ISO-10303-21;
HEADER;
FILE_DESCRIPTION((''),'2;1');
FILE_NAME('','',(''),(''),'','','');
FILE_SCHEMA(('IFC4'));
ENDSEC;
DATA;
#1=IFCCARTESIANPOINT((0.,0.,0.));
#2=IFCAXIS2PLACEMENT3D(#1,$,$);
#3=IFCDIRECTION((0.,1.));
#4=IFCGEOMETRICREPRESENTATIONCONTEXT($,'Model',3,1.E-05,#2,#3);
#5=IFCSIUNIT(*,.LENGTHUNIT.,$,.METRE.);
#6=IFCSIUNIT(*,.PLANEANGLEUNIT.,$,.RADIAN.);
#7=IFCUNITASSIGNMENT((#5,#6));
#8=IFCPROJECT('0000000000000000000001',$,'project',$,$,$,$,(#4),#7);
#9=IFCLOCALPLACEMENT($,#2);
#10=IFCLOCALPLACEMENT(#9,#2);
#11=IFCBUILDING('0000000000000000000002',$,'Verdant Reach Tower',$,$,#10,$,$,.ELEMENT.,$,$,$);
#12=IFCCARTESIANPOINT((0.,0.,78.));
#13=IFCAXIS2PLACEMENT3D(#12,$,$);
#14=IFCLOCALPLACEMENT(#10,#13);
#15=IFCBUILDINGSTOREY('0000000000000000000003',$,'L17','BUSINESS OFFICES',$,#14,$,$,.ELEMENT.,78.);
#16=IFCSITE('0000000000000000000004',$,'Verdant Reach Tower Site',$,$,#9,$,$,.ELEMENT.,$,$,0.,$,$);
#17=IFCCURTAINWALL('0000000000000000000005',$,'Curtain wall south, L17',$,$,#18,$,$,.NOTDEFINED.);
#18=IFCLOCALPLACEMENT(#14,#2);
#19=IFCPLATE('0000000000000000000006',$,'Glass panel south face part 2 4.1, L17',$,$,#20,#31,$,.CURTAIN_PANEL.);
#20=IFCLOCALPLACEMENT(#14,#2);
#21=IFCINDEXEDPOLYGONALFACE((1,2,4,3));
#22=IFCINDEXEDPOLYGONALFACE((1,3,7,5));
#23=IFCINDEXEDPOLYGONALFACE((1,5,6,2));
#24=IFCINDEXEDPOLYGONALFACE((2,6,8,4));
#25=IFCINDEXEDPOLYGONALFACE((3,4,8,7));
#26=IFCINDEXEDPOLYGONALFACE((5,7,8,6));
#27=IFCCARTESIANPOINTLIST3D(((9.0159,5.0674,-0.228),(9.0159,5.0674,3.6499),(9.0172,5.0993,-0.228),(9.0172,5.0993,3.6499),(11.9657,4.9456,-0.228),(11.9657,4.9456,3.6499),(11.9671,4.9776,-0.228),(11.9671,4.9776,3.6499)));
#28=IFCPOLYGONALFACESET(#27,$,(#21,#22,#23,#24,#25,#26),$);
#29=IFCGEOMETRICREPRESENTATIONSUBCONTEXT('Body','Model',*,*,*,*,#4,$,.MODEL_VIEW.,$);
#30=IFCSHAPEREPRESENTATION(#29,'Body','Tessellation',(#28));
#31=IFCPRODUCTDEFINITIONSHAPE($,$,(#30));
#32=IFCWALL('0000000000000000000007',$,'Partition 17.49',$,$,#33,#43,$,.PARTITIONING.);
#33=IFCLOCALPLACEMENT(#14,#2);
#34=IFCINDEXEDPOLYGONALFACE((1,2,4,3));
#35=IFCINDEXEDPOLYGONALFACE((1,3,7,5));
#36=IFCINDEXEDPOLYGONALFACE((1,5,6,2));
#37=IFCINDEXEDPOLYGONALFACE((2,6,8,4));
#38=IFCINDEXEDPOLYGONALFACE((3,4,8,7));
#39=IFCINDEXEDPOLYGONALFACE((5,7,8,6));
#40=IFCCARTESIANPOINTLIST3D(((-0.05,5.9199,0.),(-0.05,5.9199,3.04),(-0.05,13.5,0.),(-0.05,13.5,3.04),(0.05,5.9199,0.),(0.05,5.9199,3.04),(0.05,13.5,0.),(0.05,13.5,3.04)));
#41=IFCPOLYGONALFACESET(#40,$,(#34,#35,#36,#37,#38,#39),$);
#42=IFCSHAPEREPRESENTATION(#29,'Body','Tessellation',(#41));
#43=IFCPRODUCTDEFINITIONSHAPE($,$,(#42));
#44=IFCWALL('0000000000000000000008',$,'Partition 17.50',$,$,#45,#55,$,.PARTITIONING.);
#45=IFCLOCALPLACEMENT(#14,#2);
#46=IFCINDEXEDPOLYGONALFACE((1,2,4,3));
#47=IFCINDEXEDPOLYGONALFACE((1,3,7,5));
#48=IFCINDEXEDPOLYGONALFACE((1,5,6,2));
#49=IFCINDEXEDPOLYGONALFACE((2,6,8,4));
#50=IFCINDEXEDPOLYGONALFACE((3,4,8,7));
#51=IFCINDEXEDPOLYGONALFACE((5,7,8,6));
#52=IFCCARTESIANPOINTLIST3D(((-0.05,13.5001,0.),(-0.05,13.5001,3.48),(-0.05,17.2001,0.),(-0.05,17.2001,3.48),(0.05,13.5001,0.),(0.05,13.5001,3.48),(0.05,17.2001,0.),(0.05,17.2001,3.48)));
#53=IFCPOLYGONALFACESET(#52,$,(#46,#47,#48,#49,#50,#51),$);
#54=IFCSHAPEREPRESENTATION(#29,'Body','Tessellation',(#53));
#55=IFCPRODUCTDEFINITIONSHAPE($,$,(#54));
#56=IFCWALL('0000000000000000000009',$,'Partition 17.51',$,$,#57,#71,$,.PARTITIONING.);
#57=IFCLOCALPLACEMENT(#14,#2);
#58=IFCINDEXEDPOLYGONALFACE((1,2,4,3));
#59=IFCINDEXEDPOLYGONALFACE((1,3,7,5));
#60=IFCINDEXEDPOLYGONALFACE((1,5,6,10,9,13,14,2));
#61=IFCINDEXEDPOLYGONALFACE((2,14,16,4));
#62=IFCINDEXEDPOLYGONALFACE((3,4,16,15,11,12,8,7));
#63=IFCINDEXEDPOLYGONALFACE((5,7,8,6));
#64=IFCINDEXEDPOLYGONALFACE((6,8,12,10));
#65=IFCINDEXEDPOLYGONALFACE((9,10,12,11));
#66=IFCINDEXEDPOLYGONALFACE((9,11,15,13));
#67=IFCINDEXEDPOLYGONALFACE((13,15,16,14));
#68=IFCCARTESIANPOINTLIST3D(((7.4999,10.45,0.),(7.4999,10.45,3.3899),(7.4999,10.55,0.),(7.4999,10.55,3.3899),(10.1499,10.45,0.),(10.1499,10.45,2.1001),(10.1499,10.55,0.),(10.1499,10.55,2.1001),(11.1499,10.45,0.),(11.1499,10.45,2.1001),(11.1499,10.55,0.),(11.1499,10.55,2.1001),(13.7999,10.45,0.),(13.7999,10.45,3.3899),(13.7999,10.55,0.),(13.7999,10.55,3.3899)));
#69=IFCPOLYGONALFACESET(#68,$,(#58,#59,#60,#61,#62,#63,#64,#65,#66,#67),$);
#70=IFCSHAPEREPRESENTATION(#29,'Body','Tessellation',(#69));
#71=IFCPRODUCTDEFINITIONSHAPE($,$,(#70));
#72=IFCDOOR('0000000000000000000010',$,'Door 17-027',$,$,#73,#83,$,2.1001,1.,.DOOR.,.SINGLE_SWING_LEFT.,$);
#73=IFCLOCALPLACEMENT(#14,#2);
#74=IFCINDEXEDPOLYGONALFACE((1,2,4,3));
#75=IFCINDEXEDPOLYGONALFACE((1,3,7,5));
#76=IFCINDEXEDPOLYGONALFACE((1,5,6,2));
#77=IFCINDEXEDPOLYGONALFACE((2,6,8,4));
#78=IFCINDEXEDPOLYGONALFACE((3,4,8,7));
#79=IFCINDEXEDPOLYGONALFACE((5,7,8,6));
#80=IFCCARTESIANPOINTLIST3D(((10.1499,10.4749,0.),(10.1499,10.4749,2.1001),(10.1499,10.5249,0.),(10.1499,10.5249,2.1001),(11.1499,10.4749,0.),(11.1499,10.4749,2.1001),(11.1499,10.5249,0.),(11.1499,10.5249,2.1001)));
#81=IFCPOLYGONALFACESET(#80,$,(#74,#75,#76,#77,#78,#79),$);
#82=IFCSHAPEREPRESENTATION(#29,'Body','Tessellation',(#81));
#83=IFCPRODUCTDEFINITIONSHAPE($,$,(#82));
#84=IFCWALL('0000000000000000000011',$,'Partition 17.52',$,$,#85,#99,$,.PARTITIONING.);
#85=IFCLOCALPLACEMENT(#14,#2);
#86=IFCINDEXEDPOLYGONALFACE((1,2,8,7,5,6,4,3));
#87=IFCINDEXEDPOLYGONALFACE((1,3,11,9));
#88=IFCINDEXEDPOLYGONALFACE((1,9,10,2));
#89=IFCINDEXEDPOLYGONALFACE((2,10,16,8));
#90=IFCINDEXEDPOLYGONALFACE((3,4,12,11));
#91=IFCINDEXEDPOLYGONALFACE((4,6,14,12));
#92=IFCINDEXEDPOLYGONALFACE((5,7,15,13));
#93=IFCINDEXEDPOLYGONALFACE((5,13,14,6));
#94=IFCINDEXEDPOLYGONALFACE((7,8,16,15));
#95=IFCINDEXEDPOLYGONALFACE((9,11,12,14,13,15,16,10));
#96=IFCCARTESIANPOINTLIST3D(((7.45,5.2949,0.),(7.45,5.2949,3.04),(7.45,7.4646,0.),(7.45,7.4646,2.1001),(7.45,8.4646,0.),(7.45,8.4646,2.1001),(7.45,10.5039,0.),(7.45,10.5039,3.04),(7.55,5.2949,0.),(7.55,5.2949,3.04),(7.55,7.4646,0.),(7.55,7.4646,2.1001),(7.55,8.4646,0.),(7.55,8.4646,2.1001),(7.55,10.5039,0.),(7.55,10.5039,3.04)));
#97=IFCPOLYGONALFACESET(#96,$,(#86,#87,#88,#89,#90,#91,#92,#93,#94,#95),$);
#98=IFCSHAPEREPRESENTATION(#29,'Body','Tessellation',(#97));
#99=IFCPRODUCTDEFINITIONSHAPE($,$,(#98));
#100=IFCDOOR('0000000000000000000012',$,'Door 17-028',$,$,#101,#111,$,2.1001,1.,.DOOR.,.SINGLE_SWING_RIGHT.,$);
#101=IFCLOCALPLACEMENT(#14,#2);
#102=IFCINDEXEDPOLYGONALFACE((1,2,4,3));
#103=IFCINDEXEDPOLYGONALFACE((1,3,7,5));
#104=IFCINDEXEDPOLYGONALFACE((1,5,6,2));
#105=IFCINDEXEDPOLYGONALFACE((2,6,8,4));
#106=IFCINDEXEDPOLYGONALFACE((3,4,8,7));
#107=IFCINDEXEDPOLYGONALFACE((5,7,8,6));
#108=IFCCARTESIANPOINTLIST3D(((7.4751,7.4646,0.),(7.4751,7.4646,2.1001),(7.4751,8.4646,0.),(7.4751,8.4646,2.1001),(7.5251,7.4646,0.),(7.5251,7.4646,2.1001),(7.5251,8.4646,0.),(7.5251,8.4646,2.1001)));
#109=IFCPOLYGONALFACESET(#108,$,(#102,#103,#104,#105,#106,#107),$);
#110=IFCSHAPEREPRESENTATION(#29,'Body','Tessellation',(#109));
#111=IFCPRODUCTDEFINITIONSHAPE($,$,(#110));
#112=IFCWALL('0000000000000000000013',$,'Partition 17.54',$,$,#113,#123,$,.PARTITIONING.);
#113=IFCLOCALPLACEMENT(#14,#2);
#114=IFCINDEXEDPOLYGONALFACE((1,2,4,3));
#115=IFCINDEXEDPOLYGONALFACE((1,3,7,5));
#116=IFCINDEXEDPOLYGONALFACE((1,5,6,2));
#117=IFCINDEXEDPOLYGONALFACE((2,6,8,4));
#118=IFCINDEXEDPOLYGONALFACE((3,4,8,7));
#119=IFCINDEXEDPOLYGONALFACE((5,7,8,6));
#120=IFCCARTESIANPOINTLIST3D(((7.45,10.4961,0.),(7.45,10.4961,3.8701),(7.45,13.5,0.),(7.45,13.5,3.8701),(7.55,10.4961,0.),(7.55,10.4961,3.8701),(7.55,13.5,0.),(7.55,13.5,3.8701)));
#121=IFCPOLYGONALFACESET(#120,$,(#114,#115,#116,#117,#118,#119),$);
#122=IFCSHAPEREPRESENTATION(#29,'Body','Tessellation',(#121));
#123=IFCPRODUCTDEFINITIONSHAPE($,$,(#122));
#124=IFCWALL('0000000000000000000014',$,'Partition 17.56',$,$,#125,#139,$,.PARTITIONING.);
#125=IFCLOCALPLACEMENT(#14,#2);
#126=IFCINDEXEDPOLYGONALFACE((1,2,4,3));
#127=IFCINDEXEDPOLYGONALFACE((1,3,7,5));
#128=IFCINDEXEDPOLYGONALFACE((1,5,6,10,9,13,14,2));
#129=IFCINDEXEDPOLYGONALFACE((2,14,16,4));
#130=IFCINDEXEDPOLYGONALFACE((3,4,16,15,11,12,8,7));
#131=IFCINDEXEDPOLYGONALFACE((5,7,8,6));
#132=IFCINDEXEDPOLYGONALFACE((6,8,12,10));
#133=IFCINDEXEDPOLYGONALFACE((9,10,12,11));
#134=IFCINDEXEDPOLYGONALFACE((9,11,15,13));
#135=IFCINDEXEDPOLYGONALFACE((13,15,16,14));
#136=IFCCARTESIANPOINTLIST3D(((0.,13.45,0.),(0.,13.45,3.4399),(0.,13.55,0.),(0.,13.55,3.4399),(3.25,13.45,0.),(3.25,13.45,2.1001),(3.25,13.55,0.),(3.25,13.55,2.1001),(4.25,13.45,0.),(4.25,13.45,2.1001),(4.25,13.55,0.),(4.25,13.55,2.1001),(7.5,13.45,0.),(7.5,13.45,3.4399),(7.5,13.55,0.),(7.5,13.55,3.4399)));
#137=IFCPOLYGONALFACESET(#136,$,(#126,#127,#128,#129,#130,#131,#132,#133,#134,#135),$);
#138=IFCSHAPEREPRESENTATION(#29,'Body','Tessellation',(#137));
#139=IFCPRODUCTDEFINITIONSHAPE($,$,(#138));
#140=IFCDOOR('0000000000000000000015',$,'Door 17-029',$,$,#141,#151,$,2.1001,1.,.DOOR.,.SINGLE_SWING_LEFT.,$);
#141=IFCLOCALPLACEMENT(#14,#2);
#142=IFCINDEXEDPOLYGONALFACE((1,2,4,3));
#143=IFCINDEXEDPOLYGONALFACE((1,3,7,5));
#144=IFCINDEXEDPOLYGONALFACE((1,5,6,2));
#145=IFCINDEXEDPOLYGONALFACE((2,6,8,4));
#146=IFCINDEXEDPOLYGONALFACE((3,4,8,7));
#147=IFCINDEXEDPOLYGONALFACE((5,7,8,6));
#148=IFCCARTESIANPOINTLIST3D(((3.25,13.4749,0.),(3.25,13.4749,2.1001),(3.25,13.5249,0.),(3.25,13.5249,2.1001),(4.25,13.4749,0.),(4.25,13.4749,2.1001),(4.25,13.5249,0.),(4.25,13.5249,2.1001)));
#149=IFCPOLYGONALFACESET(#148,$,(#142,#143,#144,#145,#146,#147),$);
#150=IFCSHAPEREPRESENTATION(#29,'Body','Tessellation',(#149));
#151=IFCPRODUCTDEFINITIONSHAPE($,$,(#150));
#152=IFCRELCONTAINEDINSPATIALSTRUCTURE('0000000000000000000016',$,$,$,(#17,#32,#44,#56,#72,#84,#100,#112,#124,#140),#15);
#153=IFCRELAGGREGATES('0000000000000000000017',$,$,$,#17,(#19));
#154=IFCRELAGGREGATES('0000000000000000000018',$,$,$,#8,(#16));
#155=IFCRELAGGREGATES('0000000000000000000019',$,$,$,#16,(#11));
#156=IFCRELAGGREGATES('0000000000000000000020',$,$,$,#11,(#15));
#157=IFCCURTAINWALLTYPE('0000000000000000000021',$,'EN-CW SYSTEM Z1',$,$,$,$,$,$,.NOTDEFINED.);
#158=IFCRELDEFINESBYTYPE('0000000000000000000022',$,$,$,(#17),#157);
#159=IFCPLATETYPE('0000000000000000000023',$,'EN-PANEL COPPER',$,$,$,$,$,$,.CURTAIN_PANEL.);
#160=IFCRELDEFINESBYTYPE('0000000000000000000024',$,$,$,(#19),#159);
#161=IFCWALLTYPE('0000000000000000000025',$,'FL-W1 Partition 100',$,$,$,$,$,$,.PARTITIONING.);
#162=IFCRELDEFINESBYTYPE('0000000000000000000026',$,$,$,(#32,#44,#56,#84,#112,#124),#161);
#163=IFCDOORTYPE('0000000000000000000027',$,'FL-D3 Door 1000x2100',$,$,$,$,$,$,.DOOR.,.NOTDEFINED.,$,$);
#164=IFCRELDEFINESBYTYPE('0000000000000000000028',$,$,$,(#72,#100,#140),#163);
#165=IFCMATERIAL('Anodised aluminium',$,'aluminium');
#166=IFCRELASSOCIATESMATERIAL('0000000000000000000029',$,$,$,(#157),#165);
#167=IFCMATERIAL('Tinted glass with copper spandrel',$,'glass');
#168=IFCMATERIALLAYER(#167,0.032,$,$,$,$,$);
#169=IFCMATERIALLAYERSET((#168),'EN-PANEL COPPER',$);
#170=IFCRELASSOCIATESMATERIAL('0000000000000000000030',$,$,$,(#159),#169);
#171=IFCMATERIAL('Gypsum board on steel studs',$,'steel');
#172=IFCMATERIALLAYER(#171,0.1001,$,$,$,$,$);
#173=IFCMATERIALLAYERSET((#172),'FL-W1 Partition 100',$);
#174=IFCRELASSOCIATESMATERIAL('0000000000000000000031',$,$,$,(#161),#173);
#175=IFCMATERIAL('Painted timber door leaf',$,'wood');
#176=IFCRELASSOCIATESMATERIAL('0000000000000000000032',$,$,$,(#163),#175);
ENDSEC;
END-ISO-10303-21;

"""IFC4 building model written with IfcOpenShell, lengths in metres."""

from ifc_helpers import new_model, si_unit, direction, frame, frame_2d, origin, origin_2d, place, context, subcontext, project, spatial, rectangle, extrude, material, layer, layer_set, type_object, element, fill, aggregate, save


model = new_model("IFC4")

# Units and contexts
model_context = context("Model", 3, precision=1e-05, world=origin(), true_north=direction((0.0, 1.0)))
body_context = subcontext(model_context, "Body", "Model", "MODEL_VIEW")
ifc_project = project(units=[si_unit("LENGTHUNIT", "METRE"), si_unit("PLANEANGLEUNIT", "RADIAN")], contexts=[model_context])

# Site, building, storey
site_placement = place(None, origin())
site = spatial("IfcSite", under=ifc_project, at=site_placement, Name="Verdant Reach Tower Site", CompositionType="ELEMENT", RefElevation=0.0)
building_placement = place(site_placement, origin())
building = spatial("IfcBuilding", under=site, at=building_placement, Name="Verdant Reach Tower", CompositionType="ELEMENT")
storey_placement = place(building_placement, frame((0.0, 0.0, 78.0)))
storey = spatial("IfcBuildingStorey", under=building, at=storey_placement, Name="L17", Description="BUSINESS OFFICES", CompositionType="ELEMENT", Elevation=78.0)

# Curtain wall
ifc_material_1 = material(Name="Anodised aluminium", Category="aluminium")
curtain_wall_type = type_object("IfcCurtainWallType", Name="EN-CW SYSTEM Z1", PredefinedType="NOTDEFINED", material=ifc_material_1)
curtain_wall_placement = place(storey_placement, origin())
curtain_wall = element("IfcCurtainWall", 1, at=curtain_wall_placement, inside=storey, type_object=curtain_wall_type, Name="Curtain wall south, L17", PredefinedType="NOTDEFINED")

# Plate
ifc_material_2 = material(Name="Tinted glass with copper spandrel", Category="glass")
ifc_layer_1 = layer(ifc_material_2, 0.032)
ifc_layer_set_1 = layer_set([ifc_layer_1], Name="EN-PANEL COPPER")
plate_type_1 = type_object("IfcPlateType", Name="EN-PANEL COPPER", PredefinedType="CURTAIN_PANEL", material=ifc_layer_set_1)
plate_1_placement = place(storey_placement, frame((10.4915, 5.0225, -0.228), z_axis=(0.0, 0.0, 1.0), x_axis=(0.999149, -0.041242, 0.0)))
plate_1 = element("IfcPlate", 2, at=plate_1_placement, type_object=plate_type_1, Name="Glass panel south face part 2 4.1, L17", PredefinedType="CURTAIN_PANEL", context=body_context, shape_type="SweptSolid", body=[
    extrude(rectangle(XDim=2.9524, YDim=0.032, at=origin_2d()), origin(), (0.0, 0.0, 1.0), 3.8779),
])
aggregate(curtain_wall, [plate_1])

# Walls
ifc_material_3 = material(Name="Gypsum board on steel studs", Category="steel")
ifc_layer_2 = layer(ifc_material_3, 0.1001)
ifc_layer_set_2 = layer_set([ifc_layer_2], Name="FL-W1 Partition 100")
wall_type = type_object("IfcWallType", Name="FL-W1 Partition 100", PredefinedType="PARTITIONING", material=ifc_layer_set_2)
wall_1_placement = place(storey_placement, frame((0.0, 5.9199, 0.0), z_axis=(0.0, 0.0, 1.0), x_axis=(0.0, 1.0, 0.0)))
element("IfcWall", 3, at=wall_1_placement, inside=storey, type_object=wall_type, Name="Partition 17.49", PredefinedType="PARTITIONING", context=body_context, shape_type="SweptSolid", body=[
    extrude(rectangle(XDim=7.5801, YDim=0.1001, at=frame_2d((3.79, 0.0))), origin(), (0.0, 0.0, 1.0), 3.04),
])
wall_2_placement = place(storey_placement, frame((0.0, 13.5, 0.0), z_axis=(0.0, 0.0, 1.0), x_axis=(0.0, 1.0, 0.0)))
element("IfcWall", 4, at=wall_2_placement, inside=storey, type_object=wall_type, Name="Partition 17.50", PredefinedType="PARTITIONING", context=body_context, shape_type="SweptSolid", body=[
    extrude(rectangle(XDim=3.7, YDim=0.1001, at=frame_2d((1.8501, 0.0))), origin(), (0.0, 0.0, 1.0), 3.48),
])

# Walls, openings, doors
wall_3_placement = place(storey_placement, frame((7.5, 10.5, 0.0), z_axis=(0.0, 0.0, 1.0), x_axis=(1.0, 0.0, 0.0)))
wall_3 = element("IfcWall", 5, at=wall_3_placement, inside=storey, type_object=wall_type, Name="Partition 17.51", PredefinedType="PARTITIONING", context=body_context, shape_type="SweptSolid", body=[
    extrude(rectangle(XDim=6.3, YDim=0.1001, at=frame_2d((3.1499, 0.0))), origin(), (0.0, 0.0, 1.0), 3.3899),
])
opening_1_placement = place(wall_3_placement, frame((2.6499, 0.0, 0.0)))
opening_1 = element("IfcOpeningElement", 6, at=opening_1_placement, cuts=wall_3, PredefinedType="OPENING", context=body_context, shape_type="SweptSolid", body=[
    extrude(rectangle(XDim=1.0, YDim=2.1001, at=frame_2d((0.5, 1.05))), frame((0.0, 0.0601, 0.0), z_axis=(0.0, -1.0, 0.0), x_axis=(1.0, 0.0, 0.0)), (0.0, 0.0, 1.0), 0.1201),
])
ifc_material_4 = material(Name="Painted timber door leaf", Category="wood")
door_type = type_object("IfcDoorType", Name="FL-D3 Door 1000x2100", OperationType="NOTDEFINED", PredefinedType="DOOR", material=ifc_material_4)
door_1_placement = place(opening_1_placement, origin())
door_1 = element("IfcDoor", 7, at=door_1_placement, inside=storey, type_object=door_type, Name="Door 17-027", OperationType="SINGLE_SWING_LEFT", OverallHeight=2.1001, OverallWidth=1.0, PredefinedType="DOOR", context=body_context, shape_type="SweptSolid", body=[
    extrude(rectangle(XDim=1.0, YDim=2.1001, at=frame_2d((0.5, 1.05))), frame((0.0, 0.0249, 0.0), z_axis=(0.0, -1.0, 0.0), x_axis=(1.0, 0.0, 0.0)), (0.0, 0.0, 1.0), 0.05),
])
fill(opening_1, door_1)
wall_4_placement = place(storey_placement, frame((7.5, 5.2949, 0.0), z_axis=(0.0, 0.0, 1.0), x_axis=(0.0, 1.0, 0.0)))
wall_4 = element("IfcWall", 8, at=wall_4_placement, inside=storey, type_object=wall_type, Name="Partition 17.52", PredefinedType="PARTITIONING", context=body_context, shape_type="SweptSolid", body=[
    extrude(rectangle(XDim=5.209, YDim=0.1001, at=frame_2d((2.6045, 0.0))), origin(), (0.0, 0.0, 1.0), 3.04),
])
opening_2_placement = place(wall_4_placement, frame((2.1697, 0.0, 0.0)))
opening_2 = element("IfcOpeningElement", 9, at=opening_2_placement, cuts=wall_4, PredefinedType="OPENING", context=body_context, shape_type="SweptSolid", body=[
    extrude(rectangle(XDim=1.0, YDim=2.1001, at=frame_2d((0.5, 1.05))), frame((0.0, 0.0601, 0.0), z_axis=(0.0, -1.0, 0.0), x_axis=(1.0, 0.0, 0.0)), (0.0, 0.0, 1.0), 0.1201),
])
door_2_placement = place(opening_2_placement, origin())
door_2 = element("IfcDoor", 10, at=door_2_placement, inside=storey, type_object=door_type, Name="Door 17-028", OperationType="SINGLE_SWING_RIGHT", OverallHeight=2.1001, OverallWidth=1.0, PredefinedType="DOOR", context=body_context, shape_type="SweptSolid", body=[
    extrude(rectangle(XDim=1.0, YDim=2.1001, at=frame_2d((0.5, 1.05))), frame((0.0, 0.0249, 0.0), z_axis=(0.0, -1.0, 0.0), x_axis=(1.0, 0.0, 0.0)), (0.0, 0.0, 1.0), 0.05),
])
fill(opening_2, door_2)

# Wall
wall_5_placement = place(storey_placement, frame((7.5, 13.5, 0.0), z_axis=(0.0, 0.0, 1.0), x_axis=(0.0, -1.0, 0.0)))
element("IfcWall", 11, at=wall_5_placement, inside=storey, type_object=wall_type, Name="Partition 17.54", PredefinedType="PARTITIONING", context=body_context, shape_type="SweptSolid", body=[
    extrude(rectangle(XDim=3.0039, YDim=0.1001, at=frame_2d((1.502, 0.0))), origin(), (0.0, 0.0, 1.0), 3.8701),
])

# Wall, opening, door
wall_6_placement = place(storey_placement, frame((0.0, 13.5, 0.0), z_axis=(0.0, 0.0, 1.0), x_axis=(1.0, 0.0, 0.0)))
wall_6 = element("IfcWall", 12, at=wall_6_placement, inside=storey, type_object=wall_type, Name="Partition 17.56", PredefinedType="PARTITIONING", context=body_context, shape_type="SweptSolid", body=[
    extrude(rectangle(XDim=7.5, YDim=0.1001, at=frame_2d((3.75, 0.0))), origin(), (0.0, 0.0, 1.0), 3.4399),
])
opening_3_placement = place(wall_6_placement, frame((3.25, 0.0, 0.0)))
opening_3 = element("IfcOpeningElement", 13, at=opening_3_placement, cuts=wall_6, PredefinedType="OPENING", context=body_context, shape_type="SweptSolid", body=[
    extrude(rectangle(XDim=1.0, YDim=2.1001, at=frame_2d((0.5, 1.05))), frame((0.0, 0.0601, 0.0), z_axis=(0.0, -1.0, 0.0), x_axis=(1.0, 0.0, 0.0)), (0.0, 0.0, 1.0), 0.1201),
])
door_3_placement = place(opening_3_placement, origin())
door_3 = element("IfcDoor", 14, at=door_3_placement, inside=storey, type_object=door_type, Name="Door 17-029", OperationType="SINGLE_SWING_LEFT", OverallHeight=2.1001, OverallWidth=1.0, PredefinedType="DOOR", context=body_context, shape_type="SweptSolid", body=[
    extrude(rectangle(XDim=1.0, YDim=2.1001, at=frame_2d((0.5, 1.05))), frame((0.0, 0.0249, 0.0), z_axis=(0.0, -1.0, 0.0), x_axis=(1.0, 0.0, 0.0)), (0.0, 0.0, 1.0), 0.05),
])
fill(opening_3, door_3)

save(model, "model.ifc")
